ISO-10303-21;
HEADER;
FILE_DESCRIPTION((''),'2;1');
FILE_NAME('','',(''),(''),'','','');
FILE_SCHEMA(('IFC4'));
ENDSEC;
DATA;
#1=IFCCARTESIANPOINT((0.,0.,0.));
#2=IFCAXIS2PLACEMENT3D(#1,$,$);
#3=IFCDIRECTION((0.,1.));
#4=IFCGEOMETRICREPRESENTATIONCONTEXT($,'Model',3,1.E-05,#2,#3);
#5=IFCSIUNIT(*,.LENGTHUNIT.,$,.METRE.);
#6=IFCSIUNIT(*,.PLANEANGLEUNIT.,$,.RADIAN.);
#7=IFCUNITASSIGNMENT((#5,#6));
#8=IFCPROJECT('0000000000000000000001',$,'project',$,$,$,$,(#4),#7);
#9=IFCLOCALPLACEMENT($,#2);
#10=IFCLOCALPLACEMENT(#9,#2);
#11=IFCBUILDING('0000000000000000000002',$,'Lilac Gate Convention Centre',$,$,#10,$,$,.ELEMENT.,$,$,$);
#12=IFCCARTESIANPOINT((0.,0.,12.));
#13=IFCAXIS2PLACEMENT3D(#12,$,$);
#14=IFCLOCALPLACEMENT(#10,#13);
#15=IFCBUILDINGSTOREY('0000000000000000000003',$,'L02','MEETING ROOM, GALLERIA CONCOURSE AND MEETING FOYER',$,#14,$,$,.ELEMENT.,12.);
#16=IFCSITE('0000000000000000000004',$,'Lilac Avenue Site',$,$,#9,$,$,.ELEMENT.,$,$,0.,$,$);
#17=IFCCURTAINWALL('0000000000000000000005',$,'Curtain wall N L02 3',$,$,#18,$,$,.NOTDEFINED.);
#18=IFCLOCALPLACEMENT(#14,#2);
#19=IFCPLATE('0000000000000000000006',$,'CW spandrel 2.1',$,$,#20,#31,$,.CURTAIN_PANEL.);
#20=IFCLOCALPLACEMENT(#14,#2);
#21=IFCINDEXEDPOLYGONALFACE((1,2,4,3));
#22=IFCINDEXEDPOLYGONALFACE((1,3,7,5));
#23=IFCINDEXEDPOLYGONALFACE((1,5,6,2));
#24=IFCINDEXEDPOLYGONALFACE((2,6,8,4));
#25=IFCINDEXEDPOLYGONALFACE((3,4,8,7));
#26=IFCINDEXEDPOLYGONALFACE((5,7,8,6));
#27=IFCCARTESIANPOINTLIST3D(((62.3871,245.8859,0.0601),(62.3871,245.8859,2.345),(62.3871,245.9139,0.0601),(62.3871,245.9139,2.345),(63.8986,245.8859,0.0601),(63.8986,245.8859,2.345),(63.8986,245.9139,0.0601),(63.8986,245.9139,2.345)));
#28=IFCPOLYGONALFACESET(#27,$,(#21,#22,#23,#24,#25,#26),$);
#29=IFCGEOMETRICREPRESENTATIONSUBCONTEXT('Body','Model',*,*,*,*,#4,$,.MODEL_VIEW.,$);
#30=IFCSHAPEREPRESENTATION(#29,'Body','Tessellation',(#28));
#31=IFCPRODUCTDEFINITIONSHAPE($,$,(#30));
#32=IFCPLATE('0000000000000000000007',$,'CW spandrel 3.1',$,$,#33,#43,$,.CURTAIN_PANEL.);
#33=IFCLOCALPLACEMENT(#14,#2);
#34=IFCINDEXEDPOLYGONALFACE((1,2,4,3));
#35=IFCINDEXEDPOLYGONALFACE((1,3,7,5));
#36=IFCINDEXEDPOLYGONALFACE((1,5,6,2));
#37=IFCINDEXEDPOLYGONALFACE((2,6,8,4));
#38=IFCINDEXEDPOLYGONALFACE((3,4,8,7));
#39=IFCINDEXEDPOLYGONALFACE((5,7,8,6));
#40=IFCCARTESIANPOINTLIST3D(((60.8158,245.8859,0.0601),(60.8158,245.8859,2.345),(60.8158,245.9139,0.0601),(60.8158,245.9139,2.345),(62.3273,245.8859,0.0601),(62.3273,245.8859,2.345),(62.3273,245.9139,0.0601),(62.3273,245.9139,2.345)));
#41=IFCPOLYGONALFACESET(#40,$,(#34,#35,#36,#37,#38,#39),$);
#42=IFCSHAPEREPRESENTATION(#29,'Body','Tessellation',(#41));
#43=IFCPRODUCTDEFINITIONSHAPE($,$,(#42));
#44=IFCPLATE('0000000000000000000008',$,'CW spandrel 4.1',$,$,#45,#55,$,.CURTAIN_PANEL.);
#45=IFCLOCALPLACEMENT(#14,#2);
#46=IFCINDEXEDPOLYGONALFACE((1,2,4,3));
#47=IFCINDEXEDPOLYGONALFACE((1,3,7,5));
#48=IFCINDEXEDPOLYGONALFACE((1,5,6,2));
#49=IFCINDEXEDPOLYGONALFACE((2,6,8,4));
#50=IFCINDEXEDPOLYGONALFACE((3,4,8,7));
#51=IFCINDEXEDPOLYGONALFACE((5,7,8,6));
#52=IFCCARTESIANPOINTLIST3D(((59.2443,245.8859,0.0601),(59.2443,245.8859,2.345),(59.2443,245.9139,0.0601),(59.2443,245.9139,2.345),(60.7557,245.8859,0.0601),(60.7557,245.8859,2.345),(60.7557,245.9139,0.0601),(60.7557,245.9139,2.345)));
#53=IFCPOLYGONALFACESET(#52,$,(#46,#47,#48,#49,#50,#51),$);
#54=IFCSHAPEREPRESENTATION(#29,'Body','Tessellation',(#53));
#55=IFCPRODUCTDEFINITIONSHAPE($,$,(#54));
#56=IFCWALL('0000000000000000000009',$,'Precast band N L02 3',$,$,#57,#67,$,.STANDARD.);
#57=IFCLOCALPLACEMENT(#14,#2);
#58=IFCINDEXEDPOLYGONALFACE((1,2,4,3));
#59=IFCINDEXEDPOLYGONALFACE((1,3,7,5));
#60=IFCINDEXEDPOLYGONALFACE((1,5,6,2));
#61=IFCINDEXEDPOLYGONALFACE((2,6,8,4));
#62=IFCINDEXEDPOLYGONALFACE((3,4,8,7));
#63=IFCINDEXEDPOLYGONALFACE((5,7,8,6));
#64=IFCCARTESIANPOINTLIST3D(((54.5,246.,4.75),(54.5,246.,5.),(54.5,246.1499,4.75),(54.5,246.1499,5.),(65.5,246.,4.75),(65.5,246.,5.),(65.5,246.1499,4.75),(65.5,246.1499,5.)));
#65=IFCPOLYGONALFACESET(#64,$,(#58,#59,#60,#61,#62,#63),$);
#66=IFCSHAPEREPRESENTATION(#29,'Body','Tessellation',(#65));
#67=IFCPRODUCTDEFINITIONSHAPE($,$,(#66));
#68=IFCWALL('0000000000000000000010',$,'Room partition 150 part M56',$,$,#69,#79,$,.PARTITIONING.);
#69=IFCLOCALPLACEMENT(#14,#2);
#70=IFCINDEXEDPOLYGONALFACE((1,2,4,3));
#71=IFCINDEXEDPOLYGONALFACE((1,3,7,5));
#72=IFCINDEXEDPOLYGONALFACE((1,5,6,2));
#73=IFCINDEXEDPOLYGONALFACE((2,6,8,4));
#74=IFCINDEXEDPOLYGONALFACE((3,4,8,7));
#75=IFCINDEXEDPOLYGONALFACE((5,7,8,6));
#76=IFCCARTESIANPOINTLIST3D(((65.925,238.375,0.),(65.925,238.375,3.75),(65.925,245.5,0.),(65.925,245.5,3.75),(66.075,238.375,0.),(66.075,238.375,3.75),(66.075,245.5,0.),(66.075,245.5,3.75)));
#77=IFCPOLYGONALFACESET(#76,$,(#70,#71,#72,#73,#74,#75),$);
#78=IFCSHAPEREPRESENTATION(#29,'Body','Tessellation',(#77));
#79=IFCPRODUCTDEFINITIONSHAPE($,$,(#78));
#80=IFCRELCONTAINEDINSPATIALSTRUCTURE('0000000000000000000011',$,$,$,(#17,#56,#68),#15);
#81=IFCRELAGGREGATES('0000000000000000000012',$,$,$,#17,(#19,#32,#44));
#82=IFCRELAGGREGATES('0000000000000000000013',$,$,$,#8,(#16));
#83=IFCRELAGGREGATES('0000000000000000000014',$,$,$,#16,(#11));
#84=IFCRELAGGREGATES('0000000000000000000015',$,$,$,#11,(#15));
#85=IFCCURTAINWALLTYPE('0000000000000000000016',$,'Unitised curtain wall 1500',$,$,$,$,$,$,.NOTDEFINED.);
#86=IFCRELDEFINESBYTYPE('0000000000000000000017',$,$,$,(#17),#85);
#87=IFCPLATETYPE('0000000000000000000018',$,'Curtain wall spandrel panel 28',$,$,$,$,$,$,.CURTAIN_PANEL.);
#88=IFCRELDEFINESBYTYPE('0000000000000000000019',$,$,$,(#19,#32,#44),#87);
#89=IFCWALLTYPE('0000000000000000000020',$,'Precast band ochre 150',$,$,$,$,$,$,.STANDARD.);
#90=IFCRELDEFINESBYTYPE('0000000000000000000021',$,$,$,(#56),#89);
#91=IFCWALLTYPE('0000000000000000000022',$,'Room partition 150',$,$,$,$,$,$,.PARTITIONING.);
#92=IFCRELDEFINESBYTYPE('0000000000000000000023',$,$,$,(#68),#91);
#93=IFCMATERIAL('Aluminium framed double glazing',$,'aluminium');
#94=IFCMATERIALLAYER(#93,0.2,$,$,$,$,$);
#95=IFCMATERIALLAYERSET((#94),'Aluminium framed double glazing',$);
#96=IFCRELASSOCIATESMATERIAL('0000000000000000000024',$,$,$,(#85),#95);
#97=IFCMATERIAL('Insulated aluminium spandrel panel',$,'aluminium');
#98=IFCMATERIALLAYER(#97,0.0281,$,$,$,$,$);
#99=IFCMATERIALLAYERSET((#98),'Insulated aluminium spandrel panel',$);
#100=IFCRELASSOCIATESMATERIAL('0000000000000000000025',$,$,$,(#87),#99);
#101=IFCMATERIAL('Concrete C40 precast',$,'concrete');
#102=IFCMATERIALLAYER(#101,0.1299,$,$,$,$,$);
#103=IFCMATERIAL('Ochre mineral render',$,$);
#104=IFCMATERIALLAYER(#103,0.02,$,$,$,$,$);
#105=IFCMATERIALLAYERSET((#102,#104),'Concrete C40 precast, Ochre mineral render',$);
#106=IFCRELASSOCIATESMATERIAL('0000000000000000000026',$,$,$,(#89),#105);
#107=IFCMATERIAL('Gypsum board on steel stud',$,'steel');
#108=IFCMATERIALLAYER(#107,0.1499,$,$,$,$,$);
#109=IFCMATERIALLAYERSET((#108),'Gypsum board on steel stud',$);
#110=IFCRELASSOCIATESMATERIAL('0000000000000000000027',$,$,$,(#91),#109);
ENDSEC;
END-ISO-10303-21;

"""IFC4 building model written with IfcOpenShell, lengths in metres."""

from ifc_helpers import new_model, si_unit, direction, frame, frame_2d, origin, origin_2d, place, context, subcontext, project, spatial, rectangle, extrude, material, layer, layer_set, type_object, element, aggregate, save


model = new_model("IFC4")

# Units and contexts
model_context = context("Model", 3, precision=1e-05, world=origin(), true_north=direction((0.0, 1.0)))
body_context = subcontext(model_context, "Body", "Model", "MODEL_VIEW")
ifc_project = project(units=[si_unit("LENGTHUNIT", "METRE"), si_unit("PLANEANGLEUNIT", "RADIAN")], contexts=[model_context])

# Site, building, storey
site_placement = place(None, origin())
site = spatial("IfcSite", under=ifc_project, at=site_placement, Name="Lilac Avenue Site", CompositionType="ELEMENT", RefElevation=0.0)
building_placement = place(site_placement, origin())
building = spatial("IfcBuilding", under=site, at=building_placement, Name="Lilac Gate Convention Centre", CompositionType="ELEMENT")
storey_placement = place(building_placement, frame((0.0, 0.0, 12.0)))
storey = spatial("IfcBuildingStorey", under=building, at=storey_placement, Name="L02", Description="MEETING ROOM, GALLERIA CONCOURSE AND MEETING FOYER", CompositionType="ELEMENT", Elevation=12.0)

# Shared definitions
ifc_material_1 = material(Name="Aluminium framed double glazing", Category="aluminium")
ifc_layer_1 = layer(ifc_material_1, 0.2)
ifc_layer_set_1 = layer_set([ifc_layer_1], Name="Aluminium framed double glazing")
curtain_wall_type = type_object("IfcCurtainWallType", Name="Unitised curtain wall 1500", PredefinedType="NOTDEFINED", material=ifc_layer_set_1)

# Curtain wall
curtain_wall_1_placement = place(storey_placement, origin())
curtain_wall_1 = element("IfcCurtainWall", 1, at=curtain_wall_1_placement, inside=storey, type_object=curtain_wall_type, Name="Curtain wall N L02 3", PredefinedType="NOTDEFINED")

# Plates
ifc_material_2 = material(Name="Insulated aluminium spandrel panel", Category="aluminium")
ifc_layer_2 = layer(ifc_material_2, 0.0281)
ifc_layer_set_2 = layer_set([ifc_layer_2], Name="Insulated aluminium spandrel panel")
plate_type_1 = type_object("IfcPlateType", Name="Curtain wall spandrel panel 28", PredefinedType="CURTAIN_PANEL", material=ifc_layer_set_2)
plate_1_placement = place(storey_placement, frame((63.1428, 245.8999, 0.0601), z_axis=(0.0, 0.0, 1.0), x_axis=(-1.0, 0.0, 0.0)))
plate_1 = element("IfcPlate", 2, at=plate_1_placement, type_object=plate_type_1, Name="CW spandrel 2.1", PredefinedType="CURTAIN_PANEL", context=body_context, shape_type="SweptSolid", body=[
    extrude(rectangle(XDim=1.5115, YDim=0.0281, at=origin_2d()), origin(), (0.0, 0.0, 1.0), 2.2849),
])
plate_2_placement = place(storey_placement, frame((61.5715, 245.8999, 0.0601), z_axis=(0.0, 0.0, 1.0), x_axis=(-1.0, 0.0, 0.0)))
plate_2 = element("IfcPlate", 3, at=plate_2_placement, type_object=plate_type_1, Name="CW spandrel 3.1", PredefinedType="CURTAIN_PANEL", context=body_context, shape_type="SweptSolid", body=[
    extrude(rectangle(XDim=1.5115, YDim=0.0281, at=origin_2d()), origin(), (0.0, 0.0, 1.0), 2.2849),
])
plate_3_placement = place(storey_placement, frame((60.0, 245.8999, 0.0601), z_axis=(0.0, 0.0, 1.0), x_axis=(-1.0, 0.0, 0.0)))
plate_3 = element("IfcPlate", 4, at=plate_3_placement, type_object=plate_type_1, Name="CW spandrel 4.1", PredefinedType="CURTAIN_PANEL", context=body_context, shape_type="SweptSolid", body=[
    extrude(rectangle(XDim=1.5115, YDim=0.0281, at=origin_2d()), origin(), (0.0, 0.0, 1.0), 2.2849),
])
aggregate(curtain_wall_1, [plate_1, plate_2, plate_3])

# Walls
ifc_material_3 = material(Name="Concrete C40 precast", Category="concrete")
ifc_layer_3 = layer(ifc_material_3, 0.1299)
ifc_material_4 = material(Name="Ochre mineral render")
ifc_layer_4 = layer(ifc_material_4, 0.02)
ifc_layer_set_3 = layer_set([ifc_layer_3, ifc_layer_4], Name="Concrete C40 precast, Ochre mineral render")
wall_type_1 = type_object("IfcWallType", Name="Precast band ochre 150", PredefinedType="STANDARD", material=ifc_layer_set_3)
wall_1_placement = place(storey_placement, frame((65.5, 246.075, 4.75), z_axis=(0.0, 0.0, 1.0), x_axis=(-1.0, 0.0, 0.0)))
element("IfcWall", 5, at=wall_1_placement, inside=storey, type_object=wall_type_1, Name="Precast band N L02 3", PredefinedType="STANDARD", context=body_context, shape_type="SweptSolid", body=[
    extrude(rectangle(XDim=11.0, YDim=0.1499, at=frame_2d((5.5, 0.0))), origin(), (0.0, 0.0, 1.0), 0.25),
])
ifc_material_5 = material(Name="Gypsum board on steel stud", Category="steel")
ifc_layer_5 = layer(ifc_material_5, 0.1499)
ifc_layer_set_4 = layer_set([ifc_layer_5], Name="Gypsum board on steel stud")
wall_type_2 = type_object("IfcWallType", Name="Room partition 150", PredefinedType="PARTITIONING", material=ifc_layer_set_4)
wall_2_placement = place(storey_placement, frame((66.0, 245.5, 0.0), z_axis=(0.0, 0.0, 1.0), x_axis=(0.0, -1.0, 0.0)))
element("IfcWall", 6, at=wall_2_placement, inside=storey, type_object=wall_type_2, Name="Room partition 150 part M56", PredefinedType="PARTITIONING", context=body_context, shape_type="SweptSolid", body=[
    extrude(rectangle(XDim=7.125, YDim=0.1499, at=frame_2d((3.5625, 0.0))), origin(), (0.0, 0.0, 1.0), 3.75),
])

save(model, "model.ifc")
